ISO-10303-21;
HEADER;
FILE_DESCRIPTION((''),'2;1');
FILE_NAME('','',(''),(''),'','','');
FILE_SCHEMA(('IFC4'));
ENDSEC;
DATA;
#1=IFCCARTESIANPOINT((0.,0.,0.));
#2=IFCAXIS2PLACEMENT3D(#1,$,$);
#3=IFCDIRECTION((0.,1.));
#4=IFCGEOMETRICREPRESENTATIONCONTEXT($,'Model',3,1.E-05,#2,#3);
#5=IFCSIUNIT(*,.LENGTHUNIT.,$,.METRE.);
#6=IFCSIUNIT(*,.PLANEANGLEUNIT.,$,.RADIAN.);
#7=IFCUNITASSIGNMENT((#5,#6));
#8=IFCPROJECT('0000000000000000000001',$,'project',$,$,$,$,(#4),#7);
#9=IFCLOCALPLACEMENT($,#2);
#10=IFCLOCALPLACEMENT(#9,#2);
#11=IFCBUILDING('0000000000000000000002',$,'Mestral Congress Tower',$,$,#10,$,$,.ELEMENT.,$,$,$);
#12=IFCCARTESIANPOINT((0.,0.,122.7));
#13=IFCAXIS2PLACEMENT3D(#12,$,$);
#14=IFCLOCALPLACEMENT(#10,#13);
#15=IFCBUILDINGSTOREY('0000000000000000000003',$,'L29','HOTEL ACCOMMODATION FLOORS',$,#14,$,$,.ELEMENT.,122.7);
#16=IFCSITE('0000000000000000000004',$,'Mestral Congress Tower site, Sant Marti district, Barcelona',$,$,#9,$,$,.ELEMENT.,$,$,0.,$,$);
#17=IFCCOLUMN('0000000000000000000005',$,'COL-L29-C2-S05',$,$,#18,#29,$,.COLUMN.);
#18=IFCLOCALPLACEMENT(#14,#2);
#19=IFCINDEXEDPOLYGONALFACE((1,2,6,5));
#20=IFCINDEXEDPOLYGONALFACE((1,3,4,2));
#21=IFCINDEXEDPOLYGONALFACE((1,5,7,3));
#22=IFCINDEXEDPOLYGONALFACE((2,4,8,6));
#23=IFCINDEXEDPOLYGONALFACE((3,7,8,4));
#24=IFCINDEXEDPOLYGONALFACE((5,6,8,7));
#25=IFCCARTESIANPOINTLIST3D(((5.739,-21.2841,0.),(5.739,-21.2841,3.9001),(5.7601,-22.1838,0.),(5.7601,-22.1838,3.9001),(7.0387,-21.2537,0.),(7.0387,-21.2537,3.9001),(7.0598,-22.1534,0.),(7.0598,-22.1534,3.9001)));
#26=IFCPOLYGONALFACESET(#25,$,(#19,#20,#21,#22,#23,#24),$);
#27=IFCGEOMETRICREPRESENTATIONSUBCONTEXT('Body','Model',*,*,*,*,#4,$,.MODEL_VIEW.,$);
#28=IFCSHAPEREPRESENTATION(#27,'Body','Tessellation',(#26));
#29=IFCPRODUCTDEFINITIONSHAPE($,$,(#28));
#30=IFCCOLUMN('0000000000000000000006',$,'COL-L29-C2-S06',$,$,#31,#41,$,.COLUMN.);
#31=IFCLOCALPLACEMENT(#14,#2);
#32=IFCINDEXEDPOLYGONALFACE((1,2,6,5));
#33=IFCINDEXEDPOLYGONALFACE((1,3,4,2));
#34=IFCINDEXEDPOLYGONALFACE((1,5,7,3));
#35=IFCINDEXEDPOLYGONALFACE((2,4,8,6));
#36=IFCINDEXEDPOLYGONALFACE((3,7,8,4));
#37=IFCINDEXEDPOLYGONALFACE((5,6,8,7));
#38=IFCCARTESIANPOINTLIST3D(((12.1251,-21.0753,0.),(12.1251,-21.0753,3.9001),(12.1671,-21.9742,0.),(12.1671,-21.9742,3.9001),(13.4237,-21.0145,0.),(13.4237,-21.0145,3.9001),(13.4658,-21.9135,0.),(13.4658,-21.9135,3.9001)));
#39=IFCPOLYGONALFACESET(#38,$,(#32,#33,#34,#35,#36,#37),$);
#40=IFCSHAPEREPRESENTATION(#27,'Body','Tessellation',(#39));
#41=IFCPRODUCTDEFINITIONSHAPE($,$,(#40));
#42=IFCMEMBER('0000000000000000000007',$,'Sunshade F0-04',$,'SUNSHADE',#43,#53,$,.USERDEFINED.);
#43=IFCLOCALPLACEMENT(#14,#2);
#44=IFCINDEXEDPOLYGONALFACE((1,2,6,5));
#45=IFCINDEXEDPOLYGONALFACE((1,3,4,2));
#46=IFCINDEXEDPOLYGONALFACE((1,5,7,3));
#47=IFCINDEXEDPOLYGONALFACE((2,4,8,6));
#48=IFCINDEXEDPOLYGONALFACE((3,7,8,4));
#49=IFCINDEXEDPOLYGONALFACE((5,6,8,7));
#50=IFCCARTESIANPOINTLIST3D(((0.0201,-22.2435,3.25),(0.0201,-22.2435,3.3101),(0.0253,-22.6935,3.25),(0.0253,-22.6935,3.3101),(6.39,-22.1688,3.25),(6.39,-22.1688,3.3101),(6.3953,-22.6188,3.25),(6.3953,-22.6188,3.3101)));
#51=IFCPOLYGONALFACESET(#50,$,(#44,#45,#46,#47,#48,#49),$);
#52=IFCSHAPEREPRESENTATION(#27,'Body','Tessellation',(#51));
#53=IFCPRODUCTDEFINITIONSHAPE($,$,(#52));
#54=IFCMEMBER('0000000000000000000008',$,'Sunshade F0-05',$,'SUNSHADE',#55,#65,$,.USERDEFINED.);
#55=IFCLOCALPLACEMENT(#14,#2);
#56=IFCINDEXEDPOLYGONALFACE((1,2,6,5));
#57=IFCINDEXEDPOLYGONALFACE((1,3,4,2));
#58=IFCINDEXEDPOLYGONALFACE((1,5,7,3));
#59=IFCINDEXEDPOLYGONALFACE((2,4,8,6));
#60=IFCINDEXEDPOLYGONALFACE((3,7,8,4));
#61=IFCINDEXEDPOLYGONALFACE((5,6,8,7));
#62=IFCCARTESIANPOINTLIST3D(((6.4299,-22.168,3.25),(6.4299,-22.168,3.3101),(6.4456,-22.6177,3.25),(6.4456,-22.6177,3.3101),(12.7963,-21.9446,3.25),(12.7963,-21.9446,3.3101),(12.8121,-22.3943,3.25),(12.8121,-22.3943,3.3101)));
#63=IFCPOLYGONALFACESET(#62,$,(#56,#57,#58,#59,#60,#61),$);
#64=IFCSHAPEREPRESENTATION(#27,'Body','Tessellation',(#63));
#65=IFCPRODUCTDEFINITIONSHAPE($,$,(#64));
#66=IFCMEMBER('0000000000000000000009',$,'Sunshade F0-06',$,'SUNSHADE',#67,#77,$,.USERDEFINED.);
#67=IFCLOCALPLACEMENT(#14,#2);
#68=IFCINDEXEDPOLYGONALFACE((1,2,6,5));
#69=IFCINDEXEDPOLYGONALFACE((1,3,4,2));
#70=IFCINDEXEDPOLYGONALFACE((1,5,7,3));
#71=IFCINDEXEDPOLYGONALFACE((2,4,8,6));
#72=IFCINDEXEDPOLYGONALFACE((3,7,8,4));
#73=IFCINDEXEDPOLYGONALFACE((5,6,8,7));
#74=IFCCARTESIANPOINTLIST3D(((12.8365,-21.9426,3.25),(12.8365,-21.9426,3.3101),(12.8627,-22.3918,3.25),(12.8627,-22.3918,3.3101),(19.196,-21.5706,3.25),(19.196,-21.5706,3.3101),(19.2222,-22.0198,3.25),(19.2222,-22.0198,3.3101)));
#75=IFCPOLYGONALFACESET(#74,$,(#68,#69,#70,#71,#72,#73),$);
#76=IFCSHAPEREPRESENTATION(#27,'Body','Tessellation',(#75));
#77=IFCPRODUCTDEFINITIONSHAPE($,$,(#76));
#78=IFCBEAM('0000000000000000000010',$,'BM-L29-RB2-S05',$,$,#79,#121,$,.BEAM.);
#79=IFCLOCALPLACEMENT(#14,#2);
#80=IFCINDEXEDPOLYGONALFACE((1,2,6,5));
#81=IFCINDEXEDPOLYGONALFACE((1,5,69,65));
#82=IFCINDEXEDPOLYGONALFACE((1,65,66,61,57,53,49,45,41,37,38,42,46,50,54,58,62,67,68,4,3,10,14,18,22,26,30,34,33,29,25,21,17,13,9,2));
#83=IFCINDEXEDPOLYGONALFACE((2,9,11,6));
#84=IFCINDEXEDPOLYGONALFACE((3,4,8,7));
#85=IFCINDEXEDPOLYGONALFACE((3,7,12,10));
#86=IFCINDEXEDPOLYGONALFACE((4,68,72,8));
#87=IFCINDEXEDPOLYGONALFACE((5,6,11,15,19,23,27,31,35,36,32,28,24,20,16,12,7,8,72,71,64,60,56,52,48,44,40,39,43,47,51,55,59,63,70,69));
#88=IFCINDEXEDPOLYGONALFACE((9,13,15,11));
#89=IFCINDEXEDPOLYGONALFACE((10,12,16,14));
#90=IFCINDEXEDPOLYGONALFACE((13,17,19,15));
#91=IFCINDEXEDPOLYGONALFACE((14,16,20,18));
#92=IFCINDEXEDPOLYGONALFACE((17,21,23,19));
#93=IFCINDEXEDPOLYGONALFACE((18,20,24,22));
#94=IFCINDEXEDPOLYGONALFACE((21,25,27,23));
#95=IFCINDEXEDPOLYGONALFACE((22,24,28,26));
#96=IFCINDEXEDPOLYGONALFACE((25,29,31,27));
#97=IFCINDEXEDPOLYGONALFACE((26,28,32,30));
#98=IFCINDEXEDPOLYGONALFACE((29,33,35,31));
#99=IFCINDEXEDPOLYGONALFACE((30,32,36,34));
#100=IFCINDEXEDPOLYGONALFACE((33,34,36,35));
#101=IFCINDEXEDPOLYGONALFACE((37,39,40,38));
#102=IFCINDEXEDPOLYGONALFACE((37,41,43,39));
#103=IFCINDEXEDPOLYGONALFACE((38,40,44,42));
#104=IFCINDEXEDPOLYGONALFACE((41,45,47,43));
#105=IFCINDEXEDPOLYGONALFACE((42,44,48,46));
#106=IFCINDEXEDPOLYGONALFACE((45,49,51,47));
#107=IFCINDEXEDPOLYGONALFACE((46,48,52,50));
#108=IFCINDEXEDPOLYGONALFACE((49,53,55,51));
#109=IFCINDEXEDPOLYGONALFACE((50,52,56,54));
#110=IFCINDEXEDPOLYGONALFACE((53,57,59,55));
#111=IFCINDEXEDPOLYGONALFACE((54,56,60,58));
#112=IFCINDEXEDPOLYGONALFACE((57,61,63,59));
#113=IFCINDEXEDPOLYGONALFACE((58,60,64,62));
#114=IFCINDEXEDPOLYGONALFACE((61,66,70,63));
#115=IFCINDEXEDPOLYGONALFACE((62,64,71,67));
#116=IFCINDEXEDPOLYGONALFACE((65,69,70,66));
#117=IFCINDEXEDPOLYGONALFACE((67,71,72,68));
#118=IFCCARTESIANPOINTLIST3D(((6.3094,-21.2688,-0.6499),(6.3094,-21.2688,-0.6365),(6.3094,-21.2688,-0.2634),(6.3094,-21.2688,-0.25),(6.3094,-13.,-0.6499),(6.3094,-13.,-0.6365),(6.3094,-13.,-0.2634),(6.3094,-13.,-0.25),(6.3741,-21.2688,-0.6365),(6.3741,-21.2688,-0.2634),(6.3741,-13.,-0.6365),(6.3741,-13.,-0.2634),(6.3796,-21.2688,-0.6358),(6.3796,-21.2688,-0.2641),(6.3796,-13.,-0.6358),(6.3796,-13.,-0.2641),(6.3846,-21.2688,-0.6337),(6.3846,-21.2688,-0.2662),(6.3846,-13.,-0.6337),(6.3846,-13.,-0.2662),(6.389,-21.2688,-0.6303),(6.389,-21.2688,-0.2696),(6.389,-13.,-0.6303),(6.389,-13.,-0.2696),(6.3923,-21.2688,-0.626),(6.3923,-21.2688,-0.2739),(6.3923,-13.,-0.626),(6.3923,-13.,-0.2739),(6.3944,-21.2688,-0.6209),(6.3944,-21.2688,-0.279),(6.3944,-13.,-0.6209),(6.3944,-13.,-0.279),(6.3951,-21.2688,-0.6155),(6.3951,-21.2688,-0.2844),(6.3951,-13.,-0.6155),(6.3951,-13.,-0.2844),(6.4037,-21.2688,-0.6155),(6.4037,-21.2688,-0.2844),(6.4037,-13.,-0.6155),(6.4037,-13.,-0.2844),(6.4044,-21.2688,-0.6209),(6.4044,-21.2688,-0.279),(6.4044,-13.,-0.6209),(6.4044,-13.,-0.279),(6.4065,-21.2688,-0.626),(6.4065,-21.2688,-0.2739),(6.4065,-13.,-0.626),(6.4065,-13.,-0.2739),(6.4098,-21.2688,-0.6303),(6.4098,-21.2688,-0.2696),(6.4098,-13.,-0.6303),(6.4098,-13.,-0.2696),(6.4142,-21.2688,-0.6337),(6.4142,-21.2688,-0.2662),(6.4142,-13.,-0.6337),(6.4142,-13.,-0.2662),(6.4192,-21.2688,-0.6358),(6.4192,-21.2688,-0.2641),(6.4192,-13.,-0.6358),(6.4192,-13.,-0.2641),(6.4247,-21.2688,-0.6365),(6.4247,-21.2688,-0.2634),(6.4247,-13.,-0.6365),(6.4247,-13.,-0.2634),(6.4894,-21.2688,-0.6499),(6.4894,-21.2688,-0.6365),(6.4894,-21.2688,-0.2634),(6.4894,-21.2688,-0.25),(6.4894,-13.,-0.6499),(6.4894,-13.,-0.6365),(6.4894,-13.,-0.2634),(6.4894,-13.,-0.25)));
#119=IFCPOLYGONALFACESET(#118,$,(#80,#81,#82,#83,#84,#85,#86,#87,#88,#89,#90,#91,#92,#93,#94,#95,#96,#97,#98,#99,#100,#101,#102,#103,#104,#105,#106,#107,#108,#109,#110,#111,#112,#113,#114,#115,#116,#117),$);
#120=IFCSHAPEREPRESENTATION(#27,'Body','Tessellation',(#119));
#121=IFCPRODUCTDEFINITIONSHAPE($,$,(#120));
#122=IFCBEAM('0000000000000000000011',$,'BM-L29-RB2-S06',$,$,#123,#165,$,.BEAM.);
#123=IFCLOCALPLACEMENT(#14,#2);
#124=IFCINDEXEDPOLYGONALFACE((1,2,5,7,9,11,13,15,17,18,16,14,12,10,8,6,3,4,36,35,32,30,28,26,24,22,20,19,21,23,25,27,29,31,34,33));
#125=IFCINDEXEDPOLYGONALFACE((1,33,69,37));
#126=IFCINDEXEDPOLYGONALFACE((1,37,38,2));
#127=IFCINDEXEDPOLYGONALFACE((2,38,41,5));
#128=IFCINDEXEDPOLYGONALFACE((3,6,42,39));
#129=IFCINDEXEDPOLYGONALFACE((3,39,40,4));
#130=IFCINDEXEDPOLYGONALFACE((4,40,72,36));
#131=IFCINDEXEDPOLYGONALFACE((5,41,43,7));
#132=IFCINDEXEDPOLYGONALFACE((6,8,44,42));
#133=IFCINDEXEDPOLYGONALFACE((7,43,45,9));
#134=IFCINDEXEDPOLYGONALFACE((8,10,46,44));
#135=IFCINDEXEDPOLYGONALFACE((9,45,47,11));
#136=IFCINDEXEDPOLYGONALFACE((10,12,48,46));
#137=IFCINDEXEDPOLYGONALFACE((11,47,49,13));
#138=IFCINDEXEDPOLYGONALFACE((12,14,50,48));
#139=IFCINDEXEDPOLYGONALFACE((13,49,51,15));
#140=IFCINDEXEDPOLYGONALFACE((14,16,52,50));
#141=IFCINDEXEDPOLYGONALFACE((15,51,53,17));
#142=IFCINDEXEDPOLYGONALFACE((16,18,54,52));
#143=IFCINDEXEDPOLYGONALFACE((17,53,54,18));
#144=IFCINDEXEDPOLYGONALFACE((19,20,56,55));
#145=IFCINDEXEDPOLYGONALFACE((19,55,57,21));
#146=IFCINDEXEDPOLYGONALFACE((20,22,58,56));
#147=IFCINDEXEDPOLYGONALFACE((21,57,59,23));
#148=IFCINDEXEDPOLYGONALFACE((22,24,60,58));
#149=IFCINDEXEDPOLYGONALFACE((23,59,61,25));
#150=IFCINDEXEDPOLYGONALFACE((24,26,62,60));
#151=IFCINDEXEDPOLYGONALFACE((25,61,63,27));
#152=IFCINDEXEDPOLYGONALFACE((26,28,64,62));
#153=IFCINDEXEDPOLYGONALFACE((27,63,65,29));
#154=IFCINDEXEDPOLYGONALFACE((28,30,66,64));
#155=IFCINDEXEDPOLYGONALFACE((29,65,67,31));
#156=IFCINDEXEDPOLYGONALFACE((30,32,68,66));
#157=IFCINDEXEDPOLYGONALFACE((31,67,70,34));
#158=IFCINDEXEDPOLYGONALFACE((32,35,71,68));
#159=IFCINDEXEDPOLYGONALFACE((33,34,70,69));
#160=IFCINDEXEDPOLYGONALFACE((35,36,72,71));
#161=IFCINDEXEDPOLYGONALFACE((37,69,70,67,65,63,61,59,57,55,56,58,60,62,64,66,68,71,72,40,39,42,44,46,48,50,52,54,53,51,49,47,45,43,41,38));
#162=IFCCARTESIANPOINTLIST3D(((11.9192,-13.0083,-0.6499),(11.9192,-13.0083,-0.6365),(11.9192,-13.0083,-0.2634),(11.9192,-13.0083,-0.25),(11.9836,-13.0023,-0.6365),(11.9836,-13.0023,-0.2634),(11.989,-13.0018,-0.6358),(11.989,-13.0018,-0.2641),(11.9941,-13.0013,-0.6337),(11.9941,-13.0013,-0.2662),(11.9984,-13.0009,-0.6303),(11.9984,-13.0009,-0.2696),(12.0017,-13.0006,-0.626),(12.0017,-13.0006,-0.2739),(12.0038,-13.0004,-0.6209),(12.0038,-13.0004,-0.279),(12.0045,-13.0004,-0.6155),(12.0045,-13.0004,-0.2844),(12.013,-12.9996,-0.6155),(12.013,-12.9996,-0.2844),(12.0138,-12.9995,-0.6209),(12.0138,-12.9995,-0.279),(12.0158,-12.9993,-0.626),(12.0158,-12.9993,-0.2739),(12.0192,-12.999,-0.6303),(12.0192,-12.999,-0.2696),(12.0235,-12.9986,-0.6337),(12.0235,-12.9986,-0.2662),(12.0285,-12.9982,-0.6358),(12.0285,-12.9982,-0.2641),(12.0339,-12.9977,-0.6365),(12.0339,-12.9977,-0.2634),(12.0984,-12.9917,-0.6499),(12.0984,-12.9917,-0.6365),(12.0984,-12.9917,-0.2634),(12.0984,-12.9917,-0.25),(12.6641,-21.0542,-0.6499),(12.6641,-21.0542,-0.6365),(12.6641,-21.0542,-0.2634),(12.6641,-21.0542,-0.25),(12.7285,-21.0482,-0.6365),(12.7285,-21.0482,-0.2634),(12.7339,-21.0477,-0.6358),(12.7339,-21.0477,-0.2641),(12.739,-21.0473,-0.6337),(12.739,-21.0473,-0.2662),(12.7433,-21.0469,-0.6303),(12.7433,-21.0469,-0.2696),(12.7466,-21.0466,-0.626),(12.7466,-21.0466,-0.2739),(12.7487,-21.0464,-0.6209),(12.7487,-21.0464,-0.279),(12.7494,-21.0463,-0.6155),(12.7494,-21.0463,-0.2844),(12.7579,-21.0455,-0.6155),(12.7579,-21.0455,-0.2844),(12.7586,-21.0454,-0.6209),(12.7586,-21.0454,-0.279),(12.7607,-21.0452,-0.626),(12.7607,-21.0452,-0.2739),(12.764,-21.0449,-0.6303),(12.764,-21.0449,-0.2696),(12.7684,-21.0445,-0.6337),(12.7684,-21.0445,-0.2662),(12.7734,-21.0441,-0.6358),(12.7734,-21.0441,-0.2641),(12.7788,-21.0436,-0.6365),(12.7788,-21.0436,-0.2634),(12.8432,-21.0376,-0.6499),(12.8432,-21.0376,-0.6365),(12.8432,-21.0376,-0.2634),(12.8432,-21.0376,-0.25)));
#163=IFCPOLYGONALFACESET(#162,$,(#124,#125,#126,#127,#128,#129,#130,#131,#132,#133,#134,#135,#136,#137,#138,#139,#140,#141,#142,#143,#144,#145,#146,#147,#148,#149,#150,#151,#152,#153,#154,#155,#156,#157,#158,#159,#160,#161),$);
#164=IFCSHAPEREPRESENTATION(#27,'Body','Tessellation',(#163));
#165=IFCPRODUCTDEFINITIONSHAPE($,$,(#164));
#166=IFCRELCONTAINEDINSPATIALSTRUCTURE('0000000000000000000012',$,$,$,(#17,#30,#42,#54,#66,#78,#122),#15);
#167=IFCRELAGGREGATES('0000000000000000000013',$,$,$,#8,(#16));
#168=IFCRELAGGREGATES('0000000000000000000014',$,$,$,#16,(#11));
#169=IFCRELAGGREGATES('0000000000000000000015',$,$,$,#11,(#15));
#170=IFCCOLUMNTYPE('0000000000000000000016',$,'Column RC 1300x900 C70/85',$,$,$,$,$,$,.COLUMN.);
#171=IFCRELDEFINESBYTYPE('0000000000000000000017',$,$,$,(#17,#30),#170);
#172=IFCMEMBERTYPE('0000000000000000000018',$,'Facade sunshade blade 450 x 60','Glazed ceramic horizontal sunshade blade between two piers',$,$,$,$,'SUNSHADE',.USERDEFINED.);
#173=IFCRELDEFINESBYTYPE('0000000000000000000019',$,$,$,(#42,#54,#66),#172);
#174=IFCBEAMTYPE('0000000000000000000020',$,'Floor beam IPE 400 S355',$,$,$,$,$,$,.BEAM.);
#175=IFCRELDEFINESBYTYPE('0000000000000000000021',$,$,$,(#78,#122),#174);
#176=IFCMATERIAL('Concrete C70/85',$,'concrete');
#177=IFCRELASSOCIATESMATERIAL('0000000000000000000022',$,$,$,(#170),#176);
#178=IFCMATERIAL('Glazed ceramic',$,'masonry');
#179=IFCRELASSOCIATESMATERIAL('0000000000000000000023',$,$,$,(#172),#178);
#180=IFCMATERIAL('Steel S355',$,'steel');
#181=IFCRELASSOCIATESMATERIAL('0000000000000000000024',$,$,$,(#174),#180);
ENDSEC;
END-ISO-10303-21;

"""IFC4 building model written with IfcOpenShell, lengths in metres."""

from ifc_helpers import new_model, si_unit, direction, frame, origin, origin_2d, place, context, subcontext, project, spatial, rectangle, i_section, extrude, material, material_profile, profile_set, type_object, element, save


model = new_model("IFC4")

# Units and contexts
model_context = context("Model", 3, precision=1e-05, world=origin(), true_north=direction((0.0, 1.0)))
body_context = subcontext(model_context, "Body", "Model", "MODEL_VIEW")
ifc_project = project(units=[si_unit("LENGTHUNIT", "METRE"), si_unit("PLANEANGLEUNIT", "RADIAN")], contexts=[model_context])

# Site, building, storey
site_placement = place(None, origin())
site = spatial("IfcSite", under=ifc_project, at=site_placement, Name="Mestral Congress Tower site, Sant Marti district, Barcelona", CompositionType="ELEMENT", RefElevation=0.0)
building_placement = place(site_placement, origin())
building = spatial("IfcBuilding", under=site, at=building_placement, Name="Mestral Congress Tower", CompositionType="ELEMENT")
storey_placement = place(building_placement, frame((0.0, 0.0, 122.7)))
storey = spatial("IfcBuildingStorey", under=building, at=storey_placement, Name="L29", Description="HOTEL ACCOMMODATION FLOORS", CompositionType="ELEMENT", Elevation=122.7)

# Columns
ifc_material_1 = material(Name="Concrete C70/85", Category="concrete")
ifc_material_profile_1 = material_profile(ifc_material_1, rectangle(XDim=1.3, YDim=0.8999, at=origin_2d()), Name="RC 1300x900")
ifc_profile_set_1 = profile_set([ifc_material_profile_1], Name="Concrete C70/85")
column_type = type_object("IfcColumnType", Name="Column RC 1300x900 C70/85", PredefinedType="COLUMN", material=ifc_profile_set_1)
for number, where, z_axis, x_axis, name in (
    (1, (6.3994, -21.7188, 0.0), (0.0, 0.0, 1.0), (0.999727, 0.023384, 0.0), "COL-L29-C2-S05"),
    (2, (12.7954, -21.4944, 0.0), (0.0, 0.0, 1.0), (0.998906, 0.046756, 0.0), "COL-L29-C2-S06"),
):
    element("IfcColumn", number, at=place(storey_placement, frame(where, z_axis=z_axis, x_axis=x_axis)), inside=storey, type_object=column_type, Name=name, PredefinedType="COLUMN", context=body_context, shape_type="SweptSolid", body=[
        extrude(rectangle(XDim=1.3, YDim=0.8999, at=origin_2d()), origin(), (0.0, 0.0, 1.0), 3.9001),
    ])

# Members
ifc_material_2 = material(Name="Glazed ceramic", Category="masonry")
ifc_material_profile_2 = material_profile(ifc_material_2, rectangle(XDim=0.45, YDim=0.0601, at=origin_2d()), Name="Ceramic blade 450 x 60")
ifc_profile_set_2 = profile_set([ifc_material_profile_2], Name="Glazed ceramic")
member_type = type_object("IfcMemberType", Name="Facade sunshade blade 450 x 60", Description="Glazed ceramic horizontal sunshade blade between two piers", ElementType="SUNSHADE", PredefinedType="USERDEFINED", material=ifc_profile_set_2)
for number, where, z_axis, x_axis, name in (
    (3, (0.0227, -22.4685, 3.28), (0.999931, 0.011727, 0.0), (-0.011727, 0.999931, 0.0), "Sunshade F0-04"),
    (4, (6.4377, -22.3928, 3.28), (0.999385, 0.035067, 0.0), (-0.035067, 0.999385, 0.0), "Sunshade F0-05"),
    (5, (12.8496, -22.1672, 3.28), (0.998293, 0.058407, 0.0), (-0.058407, 0.998293, 0.0), "Sunshade F0-06"),
):
    element("IfcMember", number, at=place(storey_placement, frame(where, z_axis=z_axis, x_axis=x_axis)), inside=storey, type_object=member_type, Name=name, ObjectType="SUNSHADE", PredefinedType="USERDEFINED", context=body_context, shape_type="SweptSolid", body=[
        extrude(rectangle(XDim=0.45, YDim=0.0601, at=origin_2d()), origin(), (0.0, 0.0, 1.0), 6.3704),
    ])

# Beams
ifc_material_3 = material(Name="Steel S355", Category="steel")
ifc_material_profile_3 = material_profile(ifc_material_3, i_section(OverallWidth=0.1799, OverallDepth=0.3999, WebThickness=0.0085, FlangeThickness=0.0134, FilletRadius=0.021, at=origin_2d()), Name="IPE 400")
ifc_profile_set_3 = profile_set([ifc_material_profile_3], Name="Steel S355")
beam_type_1 = type_object("IfcBeamType", Name="Floor beam IPE 400 S355", PredefinedType="BEAM", material=ifc_profile_set_3)
beam_1_placement = place(storey_placement, frame((6.3994, -21.2688, -0.45), z_axis=(0.0, 1.0, 0.0), x_axis=(-1.0, 0.0, 0.0)))
element("IfcBeam", 6, at=beam_1_placement, inside=storey, type_object=beam_type_1, Name="BM-L29-RB2-S05", PredefinedType="BEAM", context=body_context, shape_type="SweptSolid", body=[
    extrude(i_section(OverallWidth=0.1799, OverallDepth=0.3999, WebThickness=0.0085, FlangeThickness=0.0134, FilletRadius=0.021, at=origin_2d()), origin(), (0.0, 0.0, 1.0), 8.2688),
])
beam_2_placement = place(storey_placement, frame((12.7537, -21.0459, -0.45), z_axis=(-0.092184, 0.995742, 0.0), x_axis=(-0.995742, -0.092184, 0.0)))
element("IfcBeam", 7, at=beam_2_placement, inside=storey, type_object=beam_type_1, Name="BM-L29-RB2-S06", PredefinedType="BEAM", context=body_context, shape_type="SweptSolid", body=[
    extrude(i_section(OverallWidth=0.1799, OverallDepth=0.3999, WebThickness=0.0085, FlangeThickness=0.0134, FilletRadius=0.021, at=origin_2d()), origin(), (0.0, 0.0, 1.0), 8.0803),
])

save(model, "model.ifc")
